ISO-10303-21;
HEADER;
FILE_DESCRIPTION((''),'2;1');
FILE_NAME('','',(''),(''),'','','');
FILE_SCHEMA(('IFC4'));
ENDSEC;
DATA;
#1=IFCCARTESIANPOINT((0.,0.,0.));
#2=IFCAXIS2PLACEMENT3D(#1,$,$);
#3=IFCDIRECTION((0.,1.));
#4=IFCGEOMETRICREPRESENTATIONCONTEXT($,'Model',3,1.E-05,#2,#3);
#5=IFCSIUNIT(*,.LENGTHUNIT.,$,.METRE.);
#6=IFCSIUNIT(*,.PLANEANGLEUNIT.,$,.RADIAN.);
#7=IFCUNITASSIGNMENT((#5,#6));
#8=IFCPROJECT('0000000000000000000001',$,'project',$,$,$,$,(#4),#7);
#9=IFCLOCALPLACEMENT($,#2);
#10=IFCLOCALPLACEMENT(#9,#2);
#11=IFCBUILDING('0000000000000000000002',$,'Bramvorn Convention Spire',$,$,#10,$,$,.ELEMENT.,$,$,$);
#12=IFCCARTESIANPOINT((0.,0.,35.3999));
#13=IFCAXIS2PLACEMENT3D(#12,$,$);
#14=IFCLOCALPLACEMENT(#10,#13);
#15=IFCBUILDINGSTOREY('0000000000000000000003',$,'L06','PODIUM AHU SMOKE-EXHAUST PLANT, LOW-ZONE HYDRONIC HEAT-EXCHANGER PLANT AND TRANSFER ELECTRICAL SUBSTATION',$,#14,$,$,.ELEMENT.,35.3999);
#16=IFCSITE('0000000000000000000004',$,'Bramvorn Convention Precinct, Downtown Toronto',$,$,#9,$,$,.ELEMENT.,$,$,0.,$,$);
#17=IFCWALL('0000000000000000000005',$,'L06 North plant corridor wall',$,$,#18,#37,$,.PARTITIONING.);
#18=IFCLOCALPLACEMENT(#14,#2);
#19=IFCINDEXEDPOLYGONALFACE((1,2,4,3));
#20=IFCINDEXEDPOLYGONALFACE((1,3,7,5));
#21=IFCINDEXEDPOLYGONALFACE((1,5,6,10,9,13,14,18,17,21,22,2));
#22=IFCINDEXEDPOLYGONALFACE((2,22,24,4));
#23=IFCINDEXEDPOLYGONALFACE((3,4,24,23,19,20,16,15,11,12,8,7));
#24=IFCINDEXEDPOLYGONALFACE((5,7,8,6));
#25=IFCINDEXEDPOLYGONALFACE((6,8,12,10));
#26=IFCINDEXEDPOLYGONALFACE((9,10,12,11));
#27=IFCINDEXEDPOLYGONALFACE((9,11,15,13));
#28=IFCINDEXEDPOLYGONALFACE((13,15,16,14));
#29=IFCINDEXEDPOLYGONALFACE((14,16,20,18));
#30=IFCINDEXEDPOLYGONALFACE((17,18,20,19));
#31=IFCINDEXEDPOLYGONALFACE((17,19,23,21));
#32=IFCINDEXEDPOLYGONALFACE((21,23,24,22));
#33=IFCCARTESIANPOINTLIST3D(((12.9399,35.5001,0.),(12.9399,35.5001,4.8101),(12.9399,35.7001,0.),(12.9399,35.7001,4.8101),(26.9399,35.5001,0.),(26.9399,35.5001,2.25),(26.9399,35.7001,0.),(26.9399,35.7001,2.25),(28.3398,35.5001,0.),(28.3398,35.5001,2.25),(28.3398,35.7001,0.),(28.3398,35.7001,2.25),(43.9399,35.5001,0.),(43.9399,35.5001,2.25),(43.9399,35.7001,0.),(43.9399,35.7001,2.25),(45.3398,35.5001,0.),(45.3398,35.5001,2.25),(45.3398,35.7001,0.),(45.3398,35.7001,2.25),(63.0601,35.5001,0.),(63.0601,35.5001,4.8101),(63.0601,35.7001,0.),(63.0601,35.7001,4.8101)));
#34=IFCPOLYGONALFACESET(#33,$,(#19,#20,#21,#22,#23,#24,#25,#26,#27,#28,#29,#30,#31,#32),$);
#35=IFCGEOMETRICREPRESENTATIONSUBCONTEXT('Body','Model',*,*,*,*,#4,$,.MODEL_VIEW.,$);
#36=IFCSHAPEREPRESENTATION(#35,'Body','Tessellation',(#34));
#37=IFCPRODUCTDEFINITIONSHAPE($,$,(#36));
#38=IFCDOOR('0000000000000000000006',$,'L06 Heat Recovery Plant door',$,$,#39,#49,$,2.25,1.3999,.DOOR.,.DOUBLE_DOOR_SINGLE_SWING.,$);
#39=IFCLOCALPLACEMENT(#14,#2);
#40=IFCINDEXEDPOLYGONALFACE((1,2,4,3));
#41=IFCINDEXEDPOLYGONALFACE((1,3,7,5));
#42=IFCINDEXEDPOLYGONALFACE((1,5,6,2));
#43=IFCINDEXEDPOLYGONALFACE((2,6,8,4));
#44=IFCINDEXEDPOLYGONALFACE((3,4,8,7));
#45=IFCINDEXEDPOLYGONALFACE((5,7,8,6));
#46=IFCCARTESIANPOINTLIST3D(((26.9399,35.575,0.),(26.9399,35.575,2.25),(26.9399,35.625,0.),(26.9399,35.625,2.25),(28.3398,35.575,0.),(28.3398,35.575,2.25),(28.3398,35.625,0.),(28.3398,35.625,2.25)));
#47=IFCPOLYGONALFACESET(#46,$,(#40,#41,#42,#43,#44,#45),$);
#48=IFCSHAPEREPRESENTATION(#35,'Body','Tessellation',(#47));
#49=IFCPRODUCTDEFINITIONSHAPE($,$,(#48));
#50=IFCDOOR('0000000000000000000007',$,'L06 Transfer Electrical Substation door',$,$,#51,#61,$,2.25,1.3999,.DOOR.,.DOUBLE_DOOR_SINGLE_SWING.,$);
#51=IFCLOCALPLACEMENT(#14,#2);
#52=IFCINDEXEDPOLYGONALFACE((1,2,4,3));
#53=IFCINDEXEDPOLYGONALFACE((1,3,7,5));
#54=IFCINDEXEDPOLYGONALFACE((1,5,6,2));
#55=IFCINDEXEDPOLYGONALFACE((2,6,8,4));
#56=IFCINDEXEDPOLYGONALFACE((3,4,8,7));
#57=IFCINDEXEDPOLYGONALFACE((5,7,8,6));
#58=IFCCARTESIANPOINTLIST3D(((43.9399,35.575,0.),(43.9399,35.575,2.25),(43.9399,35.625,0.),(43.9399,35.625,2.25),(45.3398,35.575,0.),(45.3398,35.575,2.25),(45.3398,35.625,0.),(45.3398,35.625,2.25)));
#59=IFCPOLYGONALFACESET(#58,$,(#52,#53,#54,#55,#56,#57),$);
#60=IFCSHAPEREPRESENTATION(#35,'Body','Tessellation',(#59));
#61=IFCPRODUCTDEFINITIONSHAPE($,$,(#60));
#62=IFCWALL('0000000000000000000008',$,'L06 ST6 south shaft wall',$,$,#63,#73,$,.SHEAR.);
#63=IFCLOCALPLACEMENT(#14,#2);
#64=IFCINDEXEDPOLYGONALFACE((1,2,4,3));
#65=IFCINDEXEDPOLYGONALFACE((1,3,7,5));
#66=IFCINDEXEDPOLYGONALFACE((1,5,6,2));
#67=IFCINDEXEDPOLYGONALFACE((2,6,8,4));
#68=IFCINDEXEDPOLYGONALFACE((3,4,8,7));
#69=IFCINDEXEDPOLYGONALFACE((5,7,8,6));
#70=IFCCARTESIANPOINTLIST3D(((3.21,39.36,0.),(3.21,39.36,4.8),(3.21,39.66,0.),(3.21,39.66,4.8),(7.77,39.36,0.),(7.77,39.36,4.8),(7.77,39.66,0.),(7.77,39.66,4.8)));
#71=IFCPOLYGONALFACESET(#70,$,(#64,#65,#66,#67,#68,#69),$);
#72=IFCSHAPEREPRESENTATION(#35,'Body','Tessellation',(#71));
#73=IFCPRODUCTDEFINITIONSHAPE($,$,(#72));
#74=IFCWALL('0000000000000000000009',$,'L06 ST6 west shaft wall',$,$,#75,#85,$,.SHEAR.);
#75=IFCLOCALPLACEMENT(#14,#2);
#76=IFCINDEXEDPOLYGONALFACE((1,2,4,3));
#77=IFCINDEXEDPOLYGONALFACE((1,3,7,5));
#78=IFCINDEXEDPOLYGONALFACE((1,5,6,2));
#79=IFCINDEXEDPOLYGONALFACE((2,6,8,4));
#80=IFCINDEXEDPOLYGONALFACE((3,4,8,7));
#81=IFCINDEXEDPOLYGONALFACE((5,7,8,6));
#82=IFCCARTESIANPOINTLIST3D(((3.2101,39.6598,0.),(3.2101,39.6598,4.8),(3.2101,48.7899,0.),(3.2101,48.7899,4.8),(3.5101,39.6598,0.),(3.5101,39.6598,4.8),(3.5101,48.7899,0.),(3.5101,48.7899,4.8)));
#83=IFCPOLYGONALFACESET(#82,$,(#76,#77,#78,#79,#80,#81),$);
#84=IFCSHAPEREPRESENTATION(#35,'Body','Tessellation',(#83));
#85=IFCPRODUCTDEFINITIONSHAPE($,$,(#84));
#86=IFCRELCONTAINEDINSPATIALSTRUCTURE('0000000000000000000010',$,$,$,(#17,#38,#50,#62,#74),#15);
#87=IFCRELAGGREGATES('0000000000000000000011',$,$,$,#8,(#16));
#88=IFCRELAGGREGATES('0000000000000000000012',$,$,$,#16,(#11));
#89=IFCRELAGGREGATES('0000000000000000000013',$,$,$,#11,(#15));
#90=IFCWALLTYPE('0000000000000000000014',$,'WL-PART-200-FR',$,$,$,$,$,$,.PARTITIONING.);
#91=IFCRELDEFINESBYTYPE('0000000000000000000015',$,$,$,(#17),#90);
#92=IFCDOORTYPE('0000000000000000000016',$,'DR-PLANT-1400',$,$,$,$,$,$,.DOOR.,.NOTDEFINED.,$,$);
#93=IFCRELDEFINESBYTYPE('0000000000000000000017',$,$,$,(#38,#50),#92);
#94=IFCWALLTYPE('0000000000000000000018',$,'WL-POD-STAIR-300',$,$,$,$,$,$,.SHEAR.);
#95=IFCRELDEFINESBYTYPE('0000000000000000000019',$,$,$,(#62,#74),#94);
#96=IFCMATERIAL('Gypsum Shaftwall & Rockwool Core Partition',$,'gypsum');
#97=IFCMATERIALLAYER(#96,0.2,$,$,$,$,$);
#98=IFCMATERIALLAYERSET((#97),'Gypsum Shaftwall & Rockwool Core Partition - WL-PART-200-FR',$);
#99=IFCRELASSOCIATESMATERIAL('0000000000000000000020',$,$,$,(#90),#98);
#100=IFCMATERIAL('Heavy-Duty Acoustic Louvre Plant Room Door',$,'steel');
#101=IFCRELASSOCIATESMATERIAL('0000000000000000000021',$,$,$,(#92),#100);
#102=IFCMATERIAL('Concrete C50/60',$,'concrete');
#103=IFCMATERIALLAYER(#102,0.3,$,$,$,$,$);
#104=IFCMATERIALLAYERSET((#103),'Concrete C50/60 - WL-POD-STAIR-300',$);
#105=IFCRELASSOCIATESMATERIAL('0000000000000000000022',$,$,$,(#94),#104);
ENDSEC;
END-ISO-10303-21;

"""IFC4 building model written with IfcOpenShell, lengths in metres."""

from ifc_helpers import new_model, si_unit, direction, frame, frame_2d, origin, place, context, subcontext, project, spatial, rectangle, extrude, material, layer, layer_set, type_object, element, fill, save


model = new_model("IFC4")

# Units and contexts
model_context = context("Model", 3, precision=1e-05, world=origin(), true_north=direction((0.0, 1.0)))
body_context = subcontext(model_context, "Body", "Model", "MODEL_VIEW")
ifc_project = project(units=[si_unit("LENGTHUNIT", "METRE"), si_unit("PLANEANGLEUNIT", "RADIAN")], contexts=[model_context])

# Site, building, storey
site_placement = place(None, origin())
site = spatial("IfcSite", under=ifc_project, at=site_placement, Name="Bramvorn Convention Precinct, Downtown Toronto", CompositionType="ELEMENT", RefElevation=0.0)
building_placement = place(site_placement, origin())
building = spatial("IfcBuilding", under=site, at=building_placement, Name="Bramvorn Convention Spire", CompositionType="ELEMENT")
storey_placement = place(building_placement, frame((0.0, 0.0, 35.3999)))
storey = spatial("IfcBuildingStorey", under=building, at=storey_placement, Name="L06", Description="PODIUM AHU SMOKE-EXHAUST PLANT, LOW-ZONE HYDRONIC HEAT-EXCHANGER PLANT AND TRANSFER ELECTRICAL SUBSTATION", CompositionType="ELEMENT", Elevation=35.3999)

# Wall, openings, doors
ifc_material_1 = material(Name="Gypsum Shaftwall & Rockwool Core Partition", Category="gypsum")
ifc_layer_1 = layer(ifc_material_1, 0.2)
ifc_layer_set_1 = layer_set([ifc_layer_1], Name="Gypsum Shaftwall & Rockwool Core Partition - WL-PART-200-FR")
wall_type_1 = type_object("IfcWallType", Name="WL-PART-200-FR", PredefinedType="PARTITIONING", material=ifc_layer_set_1)
wall_1_placement = place(storey_placement, frame((12.9399, 35.6001, 0.0), z_axis=(0.0, 0.0, 1.0), x_axis=(1.0, 0.0, 0.0)))
wall_1 = element("IfcWall", 1, at=wall_1_placement, inside=storey, type_object=wall_type_1, Name="L06 North plant corridor wall", PredefinedType="PARTITIONING", context=body_context, shape_type="SweptSolid", body=[
    extrude(rectangle(XDim=50.1201, YDim=0.2, at=frame_2d((25.0601, 0.0))), origin(), (0.0, 0.0, 1.0), 4.8101),
])
opening_1_placement = place(wall_1_placement, frame((14.0, 0.0, 0.0)))
opening_1 = element("IfcOpeningElement", 2, at=opening_1_placement, cuts=wall_1, PredefinedType="OPENING", context=body_context, shape_type="SweptSolid", body=[
    extrude(rectangle(XDim=1.3999, YDim=2.25, at=frame_2d((0.7, 1.125))), frame((0.0, 0.1099, 0.0), z_axis=(0.0, -1.0, 0.0), x_axis=(1.0, 0.0, 0.0)), (0.0, 0.0, 1.0), 0.22),
])
opening_2_placement = place(wall_1_placement, frame((31.0, 0.0, 0.0)))
opening_2 = element("IfcOpeningElement", 3, at=opening_2_placement, cuts=wall_1, PredefinedType="OPENING", context=body_context, shape_type="SweptSolid", body=[
    extrude(rectangle(XDim=1.3999, YDim=2.25, at=frame_2d((0.7, 1.125))), frame((0.0, 0.1099, 0.0), z_axis=(0.0, -1.0, 0.0), x_axis=(1.0, 0.0, 0.0)), (0.0, 0.0, 1.0), 0.22),
])
ifc_material_2 = material(Name="Heavy-Duty Acoustic Louvre Plant Room Door", Category="steel")
door_type = type_object("IfcDoorType", Name="DR-PLANT-1400", OperationType="NOTDEFINED", PredefinedType="DOOR", material=ifc_material_2)
door_1_placement = place(opening_1_placement, origin())
door_1 = element("IfcDoor", 4, at=door_1_placement, inside=storey, type_object=door_type, Name="L06 Heat Recovery Plant door", OperationType="DOUBLE_DOOR_SINGLE_SWING", OverallHeight=2.25, OverallWidth=1.3999, PredefinedType="DOOR", context=body_context, shape_type="SweptSolid", body=[
    extrude(rectangle(XDim=1.3999, YDim=2.25, at=frame_2d((0.7, 1.125))), frame((0.0, 0.0249, 0.0), z_axis=(0.0, -1.0, 0.0), x_axis=(1.0, 0.0, 0.0)), (0.0, 0.0, 1.0), 0.05),
])
fill(opening_1, door_1)
door_2_placement = place(opening_2_placement, origin())
door_2 = element("IfcDoor", 5, at=door_2_placement, inside=storey, type_object=door_type, Name="L06 Transfer Electrical Substation door", OperationType="DOUBLE_DOOR_SINGLE_SWING", OverallHeight=2.25, OverallWidth=1.3999, PredefinedType="DOOR", context=body_context, shape_type="SweptSolid", body=[
    extrude(rectangle(XDim=1.3999, YDim=2.25, at=frame_2d((0.7, 1.125))), frame((0.0, 0.0249, 0.0), z_axis=(0.0, -1.0, 0.0), x_axis=(1.0, 0.0, 0.0)), (0.0, 0.0, 1.0), 0.05),
])
fill(opening_2, door_2)

# Walls
ifc_material_3 = material(Name="Concrete C50/60", Category="concrete")
ifc_layer_2 = layer(ifc_material_3, 0.3)
ifc_layer_set_2 = layer_set([ifc_layer_2], Name="Concrete C50/60 - WL-POD-STAIR-300")
wall_type_2 = type_object("IfcWallType", Name="WL-POD-STAIR-300", PredefinedType="SHEAR", material=ifc_layer_set_2)
wall_2_placement = place(storey_placement, frame((3.21, 39.51, 0.0), z_axis=(0.0, 0.0, 1.0), x_axis=(1.0, 0.0, 0.0)))
element("IfcWall", 6, at=wall_2_placement, inside=storey, type_object=wall_type_2, Name="L06 ST6 south shaft wall", PredefinedType="SHEAR", context=body_context, shape_type="SweptSolid", body=[
    extrude(rectangle(XDim=4.5601, YDim=0.3, at=frame_2d((2.28, 0.0))), origin(), (0.0, 0.0, 1.0), 4.8),
])
wall_3_placement = place(storey_placement, frame((3.3601, 39.6599, 0.0), z_axis=(0.0, 0.0, 1.0), x_axis=(0.0, 1.0, 0.0)))
element("IfcWall", 7, at=wall_3_placement, inside=storey, type_object=wall_type_2, Name="L06 ST6 west shaft wall", PredefinedType="SHEAR", context=body_context, shape_type="SweptSolid", body=[
    extrude(rectangle(XDim=9.1301, YDim=0.3, at=frame_2d((4.5649, 0.0))), origin(), (0.0, 0.0, 1.0), 4.8),
])

save(model, "model.ifc")
